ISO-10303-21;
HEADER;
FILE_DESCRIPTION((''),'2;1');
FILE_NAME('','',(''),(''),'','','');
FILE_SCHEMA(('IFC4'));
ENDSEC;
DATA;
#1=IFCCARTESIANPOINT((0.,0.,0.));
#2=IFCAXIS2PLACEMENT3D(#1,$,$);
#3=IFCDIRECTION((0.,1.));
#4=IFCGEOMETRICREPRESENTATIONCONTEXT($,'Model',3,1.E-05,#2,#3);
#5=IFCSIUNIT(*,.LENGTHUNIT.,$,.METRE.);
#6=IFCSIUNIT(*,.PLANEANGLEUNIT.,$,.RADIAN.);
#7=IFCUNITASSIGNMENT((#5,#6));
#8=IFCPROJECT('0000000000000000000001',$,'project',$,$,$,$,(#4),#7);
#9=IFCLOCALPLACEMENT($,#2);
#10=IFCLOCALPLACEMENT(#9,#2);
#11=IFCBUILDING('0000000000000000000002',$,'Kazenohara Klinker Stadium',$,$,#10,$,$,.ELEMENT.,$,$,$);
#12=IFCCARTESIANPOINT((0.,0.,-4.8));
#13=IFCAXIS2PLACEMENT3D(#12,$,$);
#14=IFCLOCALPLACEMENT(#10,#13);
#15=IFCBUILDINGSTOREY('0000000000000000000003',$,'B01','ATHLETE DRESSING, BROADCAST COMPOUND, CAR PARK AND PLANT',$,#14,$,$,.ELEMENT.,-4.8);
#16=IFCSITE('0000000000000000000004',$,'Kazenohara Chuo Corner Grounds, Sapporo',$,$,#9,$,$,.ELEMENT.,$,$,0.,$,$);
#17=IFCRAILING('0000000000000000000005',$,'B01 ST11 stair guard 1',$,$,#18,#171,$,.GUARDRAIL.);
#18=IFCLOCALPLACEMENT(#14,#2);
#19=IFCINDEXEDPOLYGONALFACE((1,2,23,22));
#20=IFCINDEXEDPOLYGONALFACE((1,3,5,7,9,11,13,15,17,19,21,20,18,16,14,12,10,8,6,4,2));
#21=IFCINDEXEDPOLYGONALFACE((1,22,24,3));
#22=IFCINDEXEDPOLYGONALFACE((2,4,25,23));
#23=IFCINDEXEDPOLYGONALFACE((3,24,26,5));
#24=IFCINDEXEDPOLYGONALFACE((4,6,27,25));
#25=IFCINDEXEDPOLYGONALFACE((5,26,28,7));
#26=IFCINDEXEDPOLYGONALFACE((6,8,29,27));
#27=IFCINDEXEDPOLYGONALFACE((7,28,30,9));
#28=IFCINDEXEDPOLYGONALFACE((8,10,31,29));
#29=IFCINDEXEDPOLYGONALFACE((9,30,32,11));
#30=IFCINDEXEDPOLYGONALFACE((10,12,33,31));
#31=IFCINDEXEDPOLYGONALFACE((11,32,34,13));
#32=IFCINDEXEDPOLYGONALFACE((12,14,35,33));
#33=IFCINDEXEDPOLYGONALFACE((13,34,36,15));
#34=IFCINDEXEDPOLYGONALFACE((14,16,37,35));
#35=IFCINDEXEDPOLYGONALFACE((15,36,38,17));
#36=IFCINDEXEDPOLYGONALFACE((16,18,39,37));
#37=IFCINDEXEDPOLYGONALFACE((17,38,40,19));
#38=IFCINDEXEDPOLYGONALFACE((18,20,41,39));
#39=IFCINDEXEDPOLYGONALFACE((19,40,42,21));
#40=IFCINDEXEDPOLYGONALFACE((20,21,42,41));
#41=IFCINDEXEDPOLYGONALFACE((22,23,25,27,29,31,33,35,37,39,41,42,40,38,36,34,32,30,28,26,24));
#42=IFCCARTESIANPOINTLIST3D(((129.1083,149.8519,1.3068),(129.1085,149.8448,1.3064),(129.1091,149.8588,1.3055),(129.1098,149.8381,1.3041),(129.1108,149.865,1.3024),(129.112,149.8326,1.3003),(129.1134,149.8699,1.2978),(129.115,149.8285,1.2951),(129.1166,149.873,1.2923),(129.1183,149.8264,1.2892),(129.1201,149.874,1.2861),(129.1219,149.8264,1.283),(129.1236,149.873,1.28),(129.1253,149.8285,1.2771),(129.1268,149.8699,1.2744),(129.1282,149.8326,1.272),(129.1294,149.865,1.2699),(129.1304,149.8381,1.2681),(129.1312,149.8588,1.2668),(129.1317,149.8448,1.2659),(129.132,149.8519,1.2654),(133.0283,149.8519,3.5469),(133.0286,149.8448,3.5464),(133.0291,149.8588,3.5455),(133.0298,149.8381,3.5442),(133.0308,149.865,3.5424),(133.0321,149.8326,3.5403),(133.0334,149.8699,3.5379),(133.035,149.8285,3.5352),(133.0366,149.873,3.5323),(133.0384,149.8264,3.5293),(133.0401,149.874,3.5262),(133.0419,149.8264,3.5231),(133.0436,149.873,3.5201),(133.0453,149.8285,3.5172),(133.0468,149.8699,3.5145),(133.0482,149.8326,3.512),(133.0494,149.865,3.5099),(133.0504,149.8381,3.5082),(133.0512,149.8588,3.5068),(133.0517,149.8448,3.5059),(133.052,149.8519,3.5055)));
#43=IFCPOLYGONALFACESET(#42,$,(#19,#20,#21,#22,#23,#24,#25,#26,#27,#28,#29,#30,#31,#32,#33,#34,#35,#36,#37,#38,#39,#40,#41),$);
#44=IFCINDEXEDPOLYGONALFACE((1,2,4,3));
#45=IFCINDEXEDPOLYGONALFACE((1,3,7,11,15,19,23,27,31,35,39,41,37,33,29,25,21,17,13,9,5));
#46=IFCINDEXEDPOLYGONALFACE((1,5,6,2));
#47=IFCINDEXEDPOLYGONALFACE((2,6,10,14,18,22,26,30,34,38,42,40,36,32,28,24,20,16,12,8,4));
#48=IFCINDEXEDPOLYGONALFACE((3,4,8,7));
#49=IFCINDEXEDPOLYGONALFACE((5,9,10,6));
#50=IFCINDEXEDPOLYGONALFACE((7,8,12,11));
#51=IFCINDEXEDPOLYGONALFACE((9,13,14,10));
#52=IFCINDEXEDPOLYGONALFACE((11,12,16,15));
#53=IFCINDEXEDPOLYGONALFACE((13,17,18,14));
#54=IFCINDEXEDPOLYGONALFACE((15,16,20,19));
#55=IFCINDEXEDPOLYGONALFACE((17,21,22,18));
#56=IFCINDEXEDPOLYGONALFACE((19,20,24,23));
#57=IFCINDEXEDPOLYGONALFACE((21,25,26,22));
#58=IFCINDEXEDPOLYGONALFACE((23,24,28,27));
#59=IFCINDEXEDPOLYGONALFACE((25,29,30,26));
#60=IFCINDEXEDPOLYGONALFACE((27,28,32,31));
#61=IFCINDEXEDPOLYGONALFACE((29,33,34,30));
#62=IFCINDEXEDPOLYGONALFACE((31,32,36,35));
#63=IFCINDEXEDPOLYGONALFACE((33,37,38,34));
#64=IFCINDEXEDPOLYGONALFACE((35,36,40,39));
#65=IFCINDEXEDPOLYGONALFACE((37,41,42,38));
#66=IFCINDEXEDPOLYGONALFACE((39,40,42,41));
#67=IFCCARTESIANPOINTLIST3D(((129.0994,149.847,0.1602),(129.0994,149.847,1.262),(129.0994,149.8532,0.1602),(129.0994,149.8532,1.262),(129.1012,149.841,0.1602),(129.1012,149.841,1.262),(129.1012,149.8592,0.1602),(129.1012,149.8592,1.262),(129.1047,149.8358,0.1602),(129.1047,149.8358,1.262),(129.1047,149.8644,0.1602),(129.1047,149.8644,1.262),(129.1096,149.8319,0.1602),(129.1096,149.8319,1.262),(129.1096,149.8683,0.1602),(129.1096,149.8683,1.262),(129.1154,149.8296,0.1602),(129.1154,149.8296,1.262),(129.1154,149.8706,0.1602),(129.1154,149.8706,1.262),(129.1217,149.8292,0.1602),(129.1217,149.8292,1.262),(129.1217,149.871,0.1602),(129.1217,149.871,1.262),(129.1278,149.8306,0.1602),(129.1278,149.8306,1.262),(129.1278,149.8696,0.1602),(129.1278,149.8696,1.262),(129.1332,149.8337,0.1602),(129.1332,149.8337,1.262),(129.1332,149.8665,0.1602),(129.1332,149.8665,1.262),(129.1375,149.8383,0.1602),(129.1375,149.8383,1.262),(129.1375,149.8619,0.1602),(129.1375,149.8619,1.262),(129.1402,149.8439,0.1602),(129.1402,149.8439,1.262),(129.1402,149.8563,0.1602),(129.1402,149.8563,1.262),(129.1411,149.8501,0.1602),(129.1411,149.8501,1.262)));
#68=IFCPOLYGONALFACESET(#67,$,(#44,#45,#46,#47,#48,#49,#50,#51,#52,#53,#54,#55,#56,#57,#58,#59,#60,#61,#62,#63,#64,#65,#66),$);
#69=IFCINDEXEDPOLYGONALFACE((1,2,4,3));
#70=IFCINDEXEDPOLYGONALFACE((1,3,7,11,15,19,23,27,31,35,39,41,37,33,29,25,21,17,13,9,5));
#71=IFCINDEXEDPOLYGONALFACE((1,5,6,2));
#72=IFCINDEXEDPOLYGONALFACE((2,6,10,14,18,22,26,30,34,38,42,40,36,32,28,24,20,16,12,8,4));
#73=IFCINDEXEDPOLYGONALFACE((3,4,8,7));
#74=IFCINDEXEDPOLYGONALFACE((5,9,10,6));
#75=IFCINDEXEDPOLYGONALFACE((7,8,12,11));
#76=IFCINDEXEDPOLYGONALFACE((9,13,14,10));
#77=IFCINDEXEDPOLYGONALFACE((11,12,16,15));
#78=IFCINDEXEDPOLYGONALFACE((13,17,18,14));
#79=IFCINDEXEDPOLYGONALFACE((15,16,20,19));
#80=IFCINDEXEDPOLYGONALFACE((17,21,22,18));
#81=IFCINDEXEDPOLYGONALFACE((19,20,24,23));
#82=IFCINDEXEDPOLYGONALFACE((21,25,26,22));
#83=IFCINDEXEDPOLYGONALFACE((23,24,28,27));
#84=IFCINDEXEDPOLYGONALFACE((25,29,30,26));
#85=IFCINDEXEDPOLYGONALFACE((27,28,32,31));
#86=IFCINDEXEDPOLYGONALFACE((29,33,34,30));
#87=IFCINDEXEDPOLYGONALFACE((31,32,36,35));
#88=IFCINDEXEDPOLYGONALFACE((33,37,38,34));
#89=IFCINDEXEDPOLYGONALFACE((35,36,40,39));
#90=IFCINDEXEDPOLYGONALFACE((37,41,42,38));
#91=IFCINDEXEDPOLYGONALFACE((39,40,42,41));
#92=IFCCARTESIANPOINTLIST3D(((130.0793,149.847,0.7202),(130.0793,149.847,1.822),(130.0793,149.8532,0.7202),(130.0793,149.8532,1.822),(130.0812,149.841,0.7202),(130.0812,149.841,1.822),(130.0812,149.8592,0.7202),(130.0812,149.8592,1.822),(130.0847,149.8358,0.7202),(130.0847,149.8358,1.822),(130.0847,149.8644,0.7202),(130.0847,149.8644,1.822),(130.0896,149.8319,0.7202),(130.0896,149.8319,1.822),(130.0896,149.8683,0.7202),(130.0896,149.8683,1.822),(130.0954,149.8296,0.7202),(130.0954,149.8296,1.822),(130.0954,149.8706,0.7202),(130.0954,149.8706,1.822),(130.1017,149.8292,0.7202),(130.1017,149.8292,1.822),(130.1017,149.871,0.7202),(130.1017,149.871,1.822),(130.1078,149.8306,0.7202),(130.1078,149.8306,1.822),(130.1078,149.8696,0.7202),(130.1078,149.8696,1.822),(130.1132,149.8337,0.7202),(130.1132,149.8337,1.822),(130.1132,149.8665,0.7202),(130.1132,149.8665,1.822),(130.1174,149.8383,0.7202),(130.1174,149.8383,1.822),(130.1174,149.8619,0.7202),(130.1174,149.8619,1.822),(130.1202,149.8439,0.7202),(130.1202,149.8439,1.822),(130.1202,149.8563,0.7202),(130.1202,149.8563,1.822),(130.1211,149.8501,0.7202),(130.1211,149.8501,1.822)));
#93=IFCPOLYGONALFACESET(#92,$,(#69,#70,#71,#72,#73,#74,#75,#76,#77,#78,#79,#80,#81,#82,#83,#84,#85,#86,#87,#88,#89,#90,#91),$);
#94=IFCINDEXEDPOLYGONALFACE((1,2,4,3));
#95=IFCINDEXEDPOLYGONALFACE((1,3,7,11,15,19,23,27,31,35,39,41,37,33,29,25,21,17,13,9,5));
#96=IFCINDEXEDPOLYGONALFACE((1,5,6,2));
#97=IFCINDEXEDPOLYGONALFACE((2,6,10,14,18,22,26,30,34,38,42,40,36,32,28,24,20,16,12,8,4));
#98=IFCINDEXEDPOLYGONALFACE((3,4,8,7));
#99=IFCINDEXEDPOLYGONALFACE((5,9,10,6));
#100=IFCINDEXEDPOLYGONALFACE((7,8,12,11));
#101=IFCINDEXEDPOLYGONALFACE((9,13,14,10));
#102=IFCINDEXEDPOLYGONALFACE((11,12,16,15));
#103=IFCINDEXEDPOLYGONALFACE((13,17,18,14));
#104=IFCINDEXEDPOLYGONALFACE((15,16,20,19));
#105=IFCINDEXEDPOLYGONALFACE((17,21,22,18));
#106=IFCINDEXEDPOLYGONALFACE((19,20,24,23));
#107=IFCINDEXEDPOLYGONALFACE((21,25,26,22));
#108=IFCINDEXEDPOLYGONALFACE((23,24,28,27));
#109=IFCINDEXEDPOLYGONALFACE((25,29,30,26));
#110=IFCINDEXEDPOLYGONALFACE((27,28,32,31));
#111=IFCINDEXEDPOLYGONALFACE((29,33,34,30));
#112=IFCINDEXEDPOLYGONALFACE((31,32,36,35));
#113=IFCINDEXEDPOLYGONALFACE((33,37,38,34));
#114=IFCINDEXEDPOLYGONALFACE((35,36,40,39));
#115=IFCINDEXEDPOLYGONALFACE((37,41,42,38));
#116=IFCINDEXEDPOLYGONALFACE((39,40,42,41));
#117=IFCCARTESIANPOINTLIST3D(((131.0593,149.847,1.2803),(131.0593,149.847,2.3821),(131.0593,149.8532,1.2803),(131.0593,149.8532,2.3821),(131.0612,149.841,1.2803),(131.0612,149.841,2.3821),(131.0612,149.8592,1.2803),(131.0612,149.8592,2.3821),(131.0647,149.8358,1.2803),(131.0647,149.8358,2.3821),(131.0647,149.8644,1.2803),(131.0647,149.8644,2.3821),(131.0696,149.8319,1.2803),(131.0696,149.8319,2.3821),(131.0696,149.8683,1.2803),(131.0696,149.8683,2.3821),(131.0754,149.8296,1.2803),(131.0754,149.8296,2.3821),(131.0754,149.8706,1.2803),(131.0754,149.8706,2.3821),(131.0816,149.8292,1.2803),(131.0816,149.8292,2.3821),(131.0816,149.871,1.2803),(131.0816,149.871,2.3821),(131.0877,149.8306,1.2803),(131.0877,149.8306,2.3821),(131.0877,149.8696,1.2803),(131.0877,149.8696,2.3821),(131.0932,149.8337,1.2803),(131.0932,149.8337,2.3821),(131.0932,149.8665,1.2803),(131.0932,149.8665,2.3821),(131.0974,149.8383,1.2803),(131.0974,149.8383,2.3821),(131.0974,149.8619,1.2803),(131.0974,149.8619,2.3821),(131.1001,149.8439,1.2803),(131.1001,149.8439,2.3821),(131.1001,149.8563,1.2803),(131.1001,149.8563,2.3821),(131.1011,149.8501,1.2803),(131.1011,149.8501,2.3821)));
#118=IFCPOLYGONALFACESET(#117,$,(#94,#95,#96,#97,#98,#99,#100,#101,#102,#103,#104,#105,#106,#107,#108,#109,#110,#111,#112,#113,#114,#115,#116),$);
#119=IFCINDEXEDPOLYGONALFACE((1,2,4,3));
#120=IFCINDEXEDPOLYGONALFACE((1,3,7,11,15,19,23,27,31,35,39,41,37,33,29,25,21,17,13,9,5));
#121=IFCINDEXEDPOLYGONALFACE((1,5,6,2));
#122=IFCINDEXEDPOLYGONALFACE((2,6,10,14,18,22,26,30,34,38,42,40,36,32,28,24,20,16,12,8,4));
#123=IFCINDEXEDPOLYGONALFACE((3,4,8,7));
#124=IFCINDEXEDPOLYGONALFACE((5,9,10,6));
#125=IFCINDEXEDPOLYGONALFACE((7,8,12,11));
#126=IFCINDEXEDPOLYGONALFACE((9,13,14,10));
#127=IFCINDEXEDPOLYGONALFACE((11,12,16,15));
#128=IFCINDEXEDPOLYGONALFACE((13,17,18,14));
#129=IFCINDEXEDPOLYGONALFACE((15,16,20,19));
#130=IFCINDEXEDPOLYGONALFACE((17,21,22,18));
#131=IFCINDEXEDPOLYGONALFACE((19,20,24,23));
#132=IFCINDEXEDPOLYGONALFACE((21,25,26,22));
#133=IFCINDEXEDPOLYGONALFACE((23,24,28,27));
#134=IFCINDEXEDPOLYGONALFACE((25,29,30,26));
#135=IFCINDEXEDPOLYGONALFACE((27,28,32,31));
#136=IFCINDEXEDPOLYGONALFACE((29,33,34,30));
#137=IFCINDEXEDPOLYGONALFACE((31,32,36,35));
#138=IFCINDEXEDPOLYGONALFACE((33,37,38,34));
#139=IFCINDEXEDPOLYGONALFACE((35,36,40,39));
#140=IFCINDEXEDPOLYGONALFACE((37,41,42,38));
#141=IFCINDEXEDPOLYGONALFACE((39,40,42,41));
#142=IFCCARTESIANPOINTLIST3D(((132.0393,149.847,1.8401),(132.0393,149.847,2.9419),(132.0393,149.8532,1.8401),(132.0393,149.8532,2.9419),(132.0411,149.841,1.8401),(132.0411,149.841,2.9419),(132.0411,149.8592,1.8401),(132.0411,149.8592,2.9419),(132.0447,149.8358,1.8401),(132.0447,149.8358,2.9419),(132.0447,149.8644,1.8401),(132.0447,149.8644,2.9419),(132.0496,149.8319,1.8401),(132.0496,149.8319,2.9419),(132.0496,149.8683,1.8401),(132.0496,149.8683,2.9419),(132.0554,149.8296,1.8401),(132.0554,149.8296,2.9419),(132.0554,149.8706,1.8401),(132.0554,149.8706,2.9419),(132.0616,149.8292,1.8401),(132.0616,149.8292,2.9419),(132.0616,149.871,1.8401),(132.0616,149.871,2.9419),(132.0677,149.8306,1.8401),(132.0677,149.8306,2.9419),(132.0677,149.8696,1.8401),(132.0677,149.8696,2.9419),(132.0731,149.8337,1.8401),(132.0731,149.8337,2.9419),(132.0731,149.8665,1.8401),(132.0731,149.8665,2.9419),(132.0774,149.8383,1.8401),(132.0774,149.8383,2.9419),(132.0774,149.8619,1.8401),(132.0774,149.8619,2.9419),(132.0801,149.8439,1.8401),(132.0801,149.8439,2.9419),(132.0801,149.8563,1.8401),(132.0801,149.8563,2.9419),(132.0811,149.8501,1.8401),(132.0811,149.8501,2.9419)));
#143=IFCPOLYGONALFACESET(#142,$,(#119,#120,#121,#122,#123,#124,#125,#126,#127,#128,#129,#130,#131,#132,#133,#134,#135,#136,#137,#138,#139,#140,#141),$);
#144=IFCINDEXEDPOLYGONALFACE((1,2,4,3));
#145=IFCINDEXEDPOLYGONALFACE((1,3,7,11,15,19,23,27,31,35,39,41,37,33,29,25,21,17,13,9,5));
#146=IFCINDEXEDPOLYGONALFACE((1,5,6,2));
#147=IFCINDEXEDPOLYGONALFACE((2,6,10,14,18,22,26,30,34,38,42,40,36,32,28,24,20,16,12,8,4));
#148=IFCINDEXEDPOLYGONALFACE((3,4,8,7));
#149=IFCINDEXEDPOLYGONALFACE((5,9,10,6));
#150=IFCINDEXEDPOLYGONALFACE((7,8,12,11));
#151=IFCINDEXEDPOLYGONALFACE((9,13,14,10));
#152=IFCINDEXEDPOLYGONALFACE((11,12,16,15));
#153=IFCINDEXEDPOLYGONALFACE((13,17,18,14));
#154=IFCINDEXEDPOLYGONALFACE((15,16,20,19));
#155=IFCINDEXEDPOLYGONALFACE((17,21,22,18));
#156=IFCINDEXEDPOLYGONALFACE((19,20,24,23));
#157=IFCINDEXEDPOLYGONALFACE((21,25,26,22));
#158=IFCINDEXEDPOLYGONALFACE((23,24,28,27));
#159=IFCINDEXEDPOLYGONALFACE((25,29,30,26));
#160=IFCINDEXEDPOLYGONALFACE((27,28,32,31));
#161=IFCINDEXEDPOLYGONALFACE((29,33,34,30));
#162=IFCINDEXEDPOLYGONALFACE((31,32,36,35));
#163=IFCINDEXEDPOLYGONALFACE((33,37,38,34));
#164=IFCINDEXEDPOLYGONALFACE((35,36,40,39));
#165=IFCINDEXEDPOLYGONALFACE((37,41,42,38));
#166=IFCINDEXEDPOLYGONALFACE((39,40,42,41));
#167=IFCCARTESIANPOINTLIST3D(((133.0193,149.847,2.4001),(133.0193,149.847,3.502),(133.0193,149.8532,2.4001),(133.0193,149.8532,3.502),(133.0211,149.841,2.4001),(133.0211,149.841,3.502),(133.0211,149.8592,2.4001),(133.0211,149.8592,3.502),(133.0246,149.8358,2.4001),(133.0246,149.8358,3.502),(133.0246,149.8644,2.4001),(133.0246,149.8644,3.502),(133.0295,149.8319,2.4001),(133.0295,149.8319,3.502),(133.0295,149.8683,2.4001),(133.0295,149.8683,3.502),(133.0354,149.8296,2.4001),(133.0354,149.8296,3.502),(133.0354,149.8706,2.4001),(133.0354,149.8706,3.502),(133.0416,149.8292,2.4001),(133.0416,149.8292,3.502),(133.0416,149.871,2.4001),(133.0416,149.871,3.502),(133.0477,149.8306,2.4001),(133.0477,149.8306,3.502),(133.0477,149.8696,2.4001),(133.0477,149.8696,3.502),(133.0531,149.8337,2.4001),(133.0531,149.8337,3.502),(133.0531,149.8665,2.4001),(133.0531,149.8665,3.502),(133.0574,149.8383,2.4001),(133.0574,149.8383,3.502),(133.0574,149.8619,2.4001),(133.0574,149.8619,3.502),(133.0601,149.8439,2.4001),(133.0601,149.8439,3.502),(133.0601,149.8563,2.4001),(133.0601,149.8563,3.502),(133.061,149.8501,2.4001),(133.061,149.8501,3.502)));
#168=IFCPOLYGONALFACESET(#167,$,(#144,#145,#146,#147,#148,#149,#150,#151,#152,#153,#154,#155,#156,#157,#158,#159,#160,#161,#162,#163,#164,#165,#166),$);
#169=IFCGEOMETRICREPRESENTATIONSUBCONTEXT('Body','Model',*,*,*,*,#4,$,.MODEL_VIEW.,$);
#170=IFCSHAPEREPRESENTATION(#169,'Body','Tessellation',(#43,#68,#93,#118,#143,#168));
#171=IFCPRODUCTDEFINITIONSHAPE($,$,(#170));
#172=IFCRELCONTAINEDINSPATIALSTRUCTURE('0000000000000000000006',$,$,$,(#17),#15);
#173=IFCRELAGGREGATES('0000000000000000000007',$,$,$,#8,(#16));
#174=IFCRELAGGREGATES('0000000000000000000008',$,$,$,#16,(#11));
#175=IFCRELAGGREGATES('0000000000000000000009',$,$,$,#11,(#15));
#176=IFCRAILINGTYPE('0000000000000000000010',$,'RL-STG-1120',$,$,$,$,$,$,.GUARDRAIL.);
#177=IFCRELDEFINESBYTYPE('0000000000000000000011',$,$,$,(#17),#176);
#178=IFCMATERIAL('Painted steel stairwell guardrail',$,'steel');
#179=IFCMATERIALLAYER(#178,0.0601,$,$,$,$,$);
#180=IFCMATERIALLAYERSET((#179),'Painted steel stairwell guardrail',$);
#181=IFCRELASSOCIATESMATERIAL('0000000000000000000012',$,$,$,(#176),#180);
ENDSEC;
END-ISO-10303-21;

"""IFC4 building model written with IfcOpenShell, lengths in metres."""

from ifc_helpers import new_model, si_unit, direction, frame, origin, origin_2d, place, context, subcontext, project, spatial, circle, extrude, material, layer, layer_set, type_object, element, save


model = new_model("IFC4")

# Units and contexts
model_context = context("Model", 3, precision=1e-05, world=origin(), true_north=direction((0.0, 1.0)))
body_context = subcontext(model_context, "Body", "Model", "MODEL_VIEW")
ifc_project = project(units=[si_unit("LENGTHUNIT", "METRE"), si_unit("PLANEANGLEUNIT", "RADIAN")], contexts=[model_context])

# Site, building, storey
site_placement = place(None, origin())
site = spatial("IfcSite", under=ifc_project, at=site_placement, Name="Kazenohara Chuo Corner Grounds, Sapporo", CompositionType="ELEMENT", RefElevation=0.0)
building_placement = place(site_placement, origin())
building = spatial("IfcBuilding", under=site, at=building_placement, Name="Kazenohara Klinker Stadium", CompositionType="ELEMENT")
storey_placement = place(building_placement, frame((0.0, 0.0, -4.8)))
storey = spatial("IfcBuildingStorey", under=building, at=storey_placement, Name="B01", Description="ATHLETE DRESSING, BROADCAST COMPOUND, CAR PARK AND PLANT", CompositionType="ELEMENT", Elevation=-4.8)

# Railing
ifc_material_1 = material(Name="Painted steel stairwell guardrail", Category="steel")
ifc_layer_1 = layer(ifc_material_1, 0.0601)
ifc_layer_set_1 = layer_set([ifc_layer_1], Name="Painted steel stairwell guardrail")
railing_type_1 = type_object("IfcRailingType", Name="RL-STG-1120", PredefinedType="GUARDRAIL", material=ifc_layer_set_1)
railing_1_placement = place(storey_placement, frame((129.1201, 149.8501, 0.1602)))
element("IfcRailing", 1, at=railing_1_placement, inside=storey, type_object=railing_type_1, Name="B01 ST11 stair guard 1", PredefinedType="GUARDRAIL", context=body_context, shape_type="SweptSolid", body=[
    extrude(circle(Radius=0.0239, at=origin_2d()), frame((0.0, 0.0, 1.126), z_axis=(0.86824, 0.0, 0.496145), x_axis=(0.0, 1.0, 0.0)), (0.0, 0.0, 1.0), 4.5149),
    extrude(circle(Radius=0.021, at=origin_2d()), origin(), (0.0, 0.0, 1.0), 1.1018),
    extrude(circle(Radius=0.021, at=origin_2d()), frame((0.98, 0.0, 0.5601)), (0.0, 0.0, 1.0), 1.1018),
    extrude(circle(Radius=0.021, at=origin_2d()), frame((1.96, 0.0, 1.1201)), (0.0, 0.0, 1.0), 1.1018),
    extrude(circle(Radius=0.021, at=origin_2d()), frame((2.9399, 0.0, 1.6799)), (0.0, 0.0, 1.0), 1.1018),
    extrude(circle(Radius=0.021, at=origin_2d()), frame((3.9199, 0.0, 2.24)), (0.0, 0.0, 1.0), 1.1018),
])

save(model, "model.ifc")
